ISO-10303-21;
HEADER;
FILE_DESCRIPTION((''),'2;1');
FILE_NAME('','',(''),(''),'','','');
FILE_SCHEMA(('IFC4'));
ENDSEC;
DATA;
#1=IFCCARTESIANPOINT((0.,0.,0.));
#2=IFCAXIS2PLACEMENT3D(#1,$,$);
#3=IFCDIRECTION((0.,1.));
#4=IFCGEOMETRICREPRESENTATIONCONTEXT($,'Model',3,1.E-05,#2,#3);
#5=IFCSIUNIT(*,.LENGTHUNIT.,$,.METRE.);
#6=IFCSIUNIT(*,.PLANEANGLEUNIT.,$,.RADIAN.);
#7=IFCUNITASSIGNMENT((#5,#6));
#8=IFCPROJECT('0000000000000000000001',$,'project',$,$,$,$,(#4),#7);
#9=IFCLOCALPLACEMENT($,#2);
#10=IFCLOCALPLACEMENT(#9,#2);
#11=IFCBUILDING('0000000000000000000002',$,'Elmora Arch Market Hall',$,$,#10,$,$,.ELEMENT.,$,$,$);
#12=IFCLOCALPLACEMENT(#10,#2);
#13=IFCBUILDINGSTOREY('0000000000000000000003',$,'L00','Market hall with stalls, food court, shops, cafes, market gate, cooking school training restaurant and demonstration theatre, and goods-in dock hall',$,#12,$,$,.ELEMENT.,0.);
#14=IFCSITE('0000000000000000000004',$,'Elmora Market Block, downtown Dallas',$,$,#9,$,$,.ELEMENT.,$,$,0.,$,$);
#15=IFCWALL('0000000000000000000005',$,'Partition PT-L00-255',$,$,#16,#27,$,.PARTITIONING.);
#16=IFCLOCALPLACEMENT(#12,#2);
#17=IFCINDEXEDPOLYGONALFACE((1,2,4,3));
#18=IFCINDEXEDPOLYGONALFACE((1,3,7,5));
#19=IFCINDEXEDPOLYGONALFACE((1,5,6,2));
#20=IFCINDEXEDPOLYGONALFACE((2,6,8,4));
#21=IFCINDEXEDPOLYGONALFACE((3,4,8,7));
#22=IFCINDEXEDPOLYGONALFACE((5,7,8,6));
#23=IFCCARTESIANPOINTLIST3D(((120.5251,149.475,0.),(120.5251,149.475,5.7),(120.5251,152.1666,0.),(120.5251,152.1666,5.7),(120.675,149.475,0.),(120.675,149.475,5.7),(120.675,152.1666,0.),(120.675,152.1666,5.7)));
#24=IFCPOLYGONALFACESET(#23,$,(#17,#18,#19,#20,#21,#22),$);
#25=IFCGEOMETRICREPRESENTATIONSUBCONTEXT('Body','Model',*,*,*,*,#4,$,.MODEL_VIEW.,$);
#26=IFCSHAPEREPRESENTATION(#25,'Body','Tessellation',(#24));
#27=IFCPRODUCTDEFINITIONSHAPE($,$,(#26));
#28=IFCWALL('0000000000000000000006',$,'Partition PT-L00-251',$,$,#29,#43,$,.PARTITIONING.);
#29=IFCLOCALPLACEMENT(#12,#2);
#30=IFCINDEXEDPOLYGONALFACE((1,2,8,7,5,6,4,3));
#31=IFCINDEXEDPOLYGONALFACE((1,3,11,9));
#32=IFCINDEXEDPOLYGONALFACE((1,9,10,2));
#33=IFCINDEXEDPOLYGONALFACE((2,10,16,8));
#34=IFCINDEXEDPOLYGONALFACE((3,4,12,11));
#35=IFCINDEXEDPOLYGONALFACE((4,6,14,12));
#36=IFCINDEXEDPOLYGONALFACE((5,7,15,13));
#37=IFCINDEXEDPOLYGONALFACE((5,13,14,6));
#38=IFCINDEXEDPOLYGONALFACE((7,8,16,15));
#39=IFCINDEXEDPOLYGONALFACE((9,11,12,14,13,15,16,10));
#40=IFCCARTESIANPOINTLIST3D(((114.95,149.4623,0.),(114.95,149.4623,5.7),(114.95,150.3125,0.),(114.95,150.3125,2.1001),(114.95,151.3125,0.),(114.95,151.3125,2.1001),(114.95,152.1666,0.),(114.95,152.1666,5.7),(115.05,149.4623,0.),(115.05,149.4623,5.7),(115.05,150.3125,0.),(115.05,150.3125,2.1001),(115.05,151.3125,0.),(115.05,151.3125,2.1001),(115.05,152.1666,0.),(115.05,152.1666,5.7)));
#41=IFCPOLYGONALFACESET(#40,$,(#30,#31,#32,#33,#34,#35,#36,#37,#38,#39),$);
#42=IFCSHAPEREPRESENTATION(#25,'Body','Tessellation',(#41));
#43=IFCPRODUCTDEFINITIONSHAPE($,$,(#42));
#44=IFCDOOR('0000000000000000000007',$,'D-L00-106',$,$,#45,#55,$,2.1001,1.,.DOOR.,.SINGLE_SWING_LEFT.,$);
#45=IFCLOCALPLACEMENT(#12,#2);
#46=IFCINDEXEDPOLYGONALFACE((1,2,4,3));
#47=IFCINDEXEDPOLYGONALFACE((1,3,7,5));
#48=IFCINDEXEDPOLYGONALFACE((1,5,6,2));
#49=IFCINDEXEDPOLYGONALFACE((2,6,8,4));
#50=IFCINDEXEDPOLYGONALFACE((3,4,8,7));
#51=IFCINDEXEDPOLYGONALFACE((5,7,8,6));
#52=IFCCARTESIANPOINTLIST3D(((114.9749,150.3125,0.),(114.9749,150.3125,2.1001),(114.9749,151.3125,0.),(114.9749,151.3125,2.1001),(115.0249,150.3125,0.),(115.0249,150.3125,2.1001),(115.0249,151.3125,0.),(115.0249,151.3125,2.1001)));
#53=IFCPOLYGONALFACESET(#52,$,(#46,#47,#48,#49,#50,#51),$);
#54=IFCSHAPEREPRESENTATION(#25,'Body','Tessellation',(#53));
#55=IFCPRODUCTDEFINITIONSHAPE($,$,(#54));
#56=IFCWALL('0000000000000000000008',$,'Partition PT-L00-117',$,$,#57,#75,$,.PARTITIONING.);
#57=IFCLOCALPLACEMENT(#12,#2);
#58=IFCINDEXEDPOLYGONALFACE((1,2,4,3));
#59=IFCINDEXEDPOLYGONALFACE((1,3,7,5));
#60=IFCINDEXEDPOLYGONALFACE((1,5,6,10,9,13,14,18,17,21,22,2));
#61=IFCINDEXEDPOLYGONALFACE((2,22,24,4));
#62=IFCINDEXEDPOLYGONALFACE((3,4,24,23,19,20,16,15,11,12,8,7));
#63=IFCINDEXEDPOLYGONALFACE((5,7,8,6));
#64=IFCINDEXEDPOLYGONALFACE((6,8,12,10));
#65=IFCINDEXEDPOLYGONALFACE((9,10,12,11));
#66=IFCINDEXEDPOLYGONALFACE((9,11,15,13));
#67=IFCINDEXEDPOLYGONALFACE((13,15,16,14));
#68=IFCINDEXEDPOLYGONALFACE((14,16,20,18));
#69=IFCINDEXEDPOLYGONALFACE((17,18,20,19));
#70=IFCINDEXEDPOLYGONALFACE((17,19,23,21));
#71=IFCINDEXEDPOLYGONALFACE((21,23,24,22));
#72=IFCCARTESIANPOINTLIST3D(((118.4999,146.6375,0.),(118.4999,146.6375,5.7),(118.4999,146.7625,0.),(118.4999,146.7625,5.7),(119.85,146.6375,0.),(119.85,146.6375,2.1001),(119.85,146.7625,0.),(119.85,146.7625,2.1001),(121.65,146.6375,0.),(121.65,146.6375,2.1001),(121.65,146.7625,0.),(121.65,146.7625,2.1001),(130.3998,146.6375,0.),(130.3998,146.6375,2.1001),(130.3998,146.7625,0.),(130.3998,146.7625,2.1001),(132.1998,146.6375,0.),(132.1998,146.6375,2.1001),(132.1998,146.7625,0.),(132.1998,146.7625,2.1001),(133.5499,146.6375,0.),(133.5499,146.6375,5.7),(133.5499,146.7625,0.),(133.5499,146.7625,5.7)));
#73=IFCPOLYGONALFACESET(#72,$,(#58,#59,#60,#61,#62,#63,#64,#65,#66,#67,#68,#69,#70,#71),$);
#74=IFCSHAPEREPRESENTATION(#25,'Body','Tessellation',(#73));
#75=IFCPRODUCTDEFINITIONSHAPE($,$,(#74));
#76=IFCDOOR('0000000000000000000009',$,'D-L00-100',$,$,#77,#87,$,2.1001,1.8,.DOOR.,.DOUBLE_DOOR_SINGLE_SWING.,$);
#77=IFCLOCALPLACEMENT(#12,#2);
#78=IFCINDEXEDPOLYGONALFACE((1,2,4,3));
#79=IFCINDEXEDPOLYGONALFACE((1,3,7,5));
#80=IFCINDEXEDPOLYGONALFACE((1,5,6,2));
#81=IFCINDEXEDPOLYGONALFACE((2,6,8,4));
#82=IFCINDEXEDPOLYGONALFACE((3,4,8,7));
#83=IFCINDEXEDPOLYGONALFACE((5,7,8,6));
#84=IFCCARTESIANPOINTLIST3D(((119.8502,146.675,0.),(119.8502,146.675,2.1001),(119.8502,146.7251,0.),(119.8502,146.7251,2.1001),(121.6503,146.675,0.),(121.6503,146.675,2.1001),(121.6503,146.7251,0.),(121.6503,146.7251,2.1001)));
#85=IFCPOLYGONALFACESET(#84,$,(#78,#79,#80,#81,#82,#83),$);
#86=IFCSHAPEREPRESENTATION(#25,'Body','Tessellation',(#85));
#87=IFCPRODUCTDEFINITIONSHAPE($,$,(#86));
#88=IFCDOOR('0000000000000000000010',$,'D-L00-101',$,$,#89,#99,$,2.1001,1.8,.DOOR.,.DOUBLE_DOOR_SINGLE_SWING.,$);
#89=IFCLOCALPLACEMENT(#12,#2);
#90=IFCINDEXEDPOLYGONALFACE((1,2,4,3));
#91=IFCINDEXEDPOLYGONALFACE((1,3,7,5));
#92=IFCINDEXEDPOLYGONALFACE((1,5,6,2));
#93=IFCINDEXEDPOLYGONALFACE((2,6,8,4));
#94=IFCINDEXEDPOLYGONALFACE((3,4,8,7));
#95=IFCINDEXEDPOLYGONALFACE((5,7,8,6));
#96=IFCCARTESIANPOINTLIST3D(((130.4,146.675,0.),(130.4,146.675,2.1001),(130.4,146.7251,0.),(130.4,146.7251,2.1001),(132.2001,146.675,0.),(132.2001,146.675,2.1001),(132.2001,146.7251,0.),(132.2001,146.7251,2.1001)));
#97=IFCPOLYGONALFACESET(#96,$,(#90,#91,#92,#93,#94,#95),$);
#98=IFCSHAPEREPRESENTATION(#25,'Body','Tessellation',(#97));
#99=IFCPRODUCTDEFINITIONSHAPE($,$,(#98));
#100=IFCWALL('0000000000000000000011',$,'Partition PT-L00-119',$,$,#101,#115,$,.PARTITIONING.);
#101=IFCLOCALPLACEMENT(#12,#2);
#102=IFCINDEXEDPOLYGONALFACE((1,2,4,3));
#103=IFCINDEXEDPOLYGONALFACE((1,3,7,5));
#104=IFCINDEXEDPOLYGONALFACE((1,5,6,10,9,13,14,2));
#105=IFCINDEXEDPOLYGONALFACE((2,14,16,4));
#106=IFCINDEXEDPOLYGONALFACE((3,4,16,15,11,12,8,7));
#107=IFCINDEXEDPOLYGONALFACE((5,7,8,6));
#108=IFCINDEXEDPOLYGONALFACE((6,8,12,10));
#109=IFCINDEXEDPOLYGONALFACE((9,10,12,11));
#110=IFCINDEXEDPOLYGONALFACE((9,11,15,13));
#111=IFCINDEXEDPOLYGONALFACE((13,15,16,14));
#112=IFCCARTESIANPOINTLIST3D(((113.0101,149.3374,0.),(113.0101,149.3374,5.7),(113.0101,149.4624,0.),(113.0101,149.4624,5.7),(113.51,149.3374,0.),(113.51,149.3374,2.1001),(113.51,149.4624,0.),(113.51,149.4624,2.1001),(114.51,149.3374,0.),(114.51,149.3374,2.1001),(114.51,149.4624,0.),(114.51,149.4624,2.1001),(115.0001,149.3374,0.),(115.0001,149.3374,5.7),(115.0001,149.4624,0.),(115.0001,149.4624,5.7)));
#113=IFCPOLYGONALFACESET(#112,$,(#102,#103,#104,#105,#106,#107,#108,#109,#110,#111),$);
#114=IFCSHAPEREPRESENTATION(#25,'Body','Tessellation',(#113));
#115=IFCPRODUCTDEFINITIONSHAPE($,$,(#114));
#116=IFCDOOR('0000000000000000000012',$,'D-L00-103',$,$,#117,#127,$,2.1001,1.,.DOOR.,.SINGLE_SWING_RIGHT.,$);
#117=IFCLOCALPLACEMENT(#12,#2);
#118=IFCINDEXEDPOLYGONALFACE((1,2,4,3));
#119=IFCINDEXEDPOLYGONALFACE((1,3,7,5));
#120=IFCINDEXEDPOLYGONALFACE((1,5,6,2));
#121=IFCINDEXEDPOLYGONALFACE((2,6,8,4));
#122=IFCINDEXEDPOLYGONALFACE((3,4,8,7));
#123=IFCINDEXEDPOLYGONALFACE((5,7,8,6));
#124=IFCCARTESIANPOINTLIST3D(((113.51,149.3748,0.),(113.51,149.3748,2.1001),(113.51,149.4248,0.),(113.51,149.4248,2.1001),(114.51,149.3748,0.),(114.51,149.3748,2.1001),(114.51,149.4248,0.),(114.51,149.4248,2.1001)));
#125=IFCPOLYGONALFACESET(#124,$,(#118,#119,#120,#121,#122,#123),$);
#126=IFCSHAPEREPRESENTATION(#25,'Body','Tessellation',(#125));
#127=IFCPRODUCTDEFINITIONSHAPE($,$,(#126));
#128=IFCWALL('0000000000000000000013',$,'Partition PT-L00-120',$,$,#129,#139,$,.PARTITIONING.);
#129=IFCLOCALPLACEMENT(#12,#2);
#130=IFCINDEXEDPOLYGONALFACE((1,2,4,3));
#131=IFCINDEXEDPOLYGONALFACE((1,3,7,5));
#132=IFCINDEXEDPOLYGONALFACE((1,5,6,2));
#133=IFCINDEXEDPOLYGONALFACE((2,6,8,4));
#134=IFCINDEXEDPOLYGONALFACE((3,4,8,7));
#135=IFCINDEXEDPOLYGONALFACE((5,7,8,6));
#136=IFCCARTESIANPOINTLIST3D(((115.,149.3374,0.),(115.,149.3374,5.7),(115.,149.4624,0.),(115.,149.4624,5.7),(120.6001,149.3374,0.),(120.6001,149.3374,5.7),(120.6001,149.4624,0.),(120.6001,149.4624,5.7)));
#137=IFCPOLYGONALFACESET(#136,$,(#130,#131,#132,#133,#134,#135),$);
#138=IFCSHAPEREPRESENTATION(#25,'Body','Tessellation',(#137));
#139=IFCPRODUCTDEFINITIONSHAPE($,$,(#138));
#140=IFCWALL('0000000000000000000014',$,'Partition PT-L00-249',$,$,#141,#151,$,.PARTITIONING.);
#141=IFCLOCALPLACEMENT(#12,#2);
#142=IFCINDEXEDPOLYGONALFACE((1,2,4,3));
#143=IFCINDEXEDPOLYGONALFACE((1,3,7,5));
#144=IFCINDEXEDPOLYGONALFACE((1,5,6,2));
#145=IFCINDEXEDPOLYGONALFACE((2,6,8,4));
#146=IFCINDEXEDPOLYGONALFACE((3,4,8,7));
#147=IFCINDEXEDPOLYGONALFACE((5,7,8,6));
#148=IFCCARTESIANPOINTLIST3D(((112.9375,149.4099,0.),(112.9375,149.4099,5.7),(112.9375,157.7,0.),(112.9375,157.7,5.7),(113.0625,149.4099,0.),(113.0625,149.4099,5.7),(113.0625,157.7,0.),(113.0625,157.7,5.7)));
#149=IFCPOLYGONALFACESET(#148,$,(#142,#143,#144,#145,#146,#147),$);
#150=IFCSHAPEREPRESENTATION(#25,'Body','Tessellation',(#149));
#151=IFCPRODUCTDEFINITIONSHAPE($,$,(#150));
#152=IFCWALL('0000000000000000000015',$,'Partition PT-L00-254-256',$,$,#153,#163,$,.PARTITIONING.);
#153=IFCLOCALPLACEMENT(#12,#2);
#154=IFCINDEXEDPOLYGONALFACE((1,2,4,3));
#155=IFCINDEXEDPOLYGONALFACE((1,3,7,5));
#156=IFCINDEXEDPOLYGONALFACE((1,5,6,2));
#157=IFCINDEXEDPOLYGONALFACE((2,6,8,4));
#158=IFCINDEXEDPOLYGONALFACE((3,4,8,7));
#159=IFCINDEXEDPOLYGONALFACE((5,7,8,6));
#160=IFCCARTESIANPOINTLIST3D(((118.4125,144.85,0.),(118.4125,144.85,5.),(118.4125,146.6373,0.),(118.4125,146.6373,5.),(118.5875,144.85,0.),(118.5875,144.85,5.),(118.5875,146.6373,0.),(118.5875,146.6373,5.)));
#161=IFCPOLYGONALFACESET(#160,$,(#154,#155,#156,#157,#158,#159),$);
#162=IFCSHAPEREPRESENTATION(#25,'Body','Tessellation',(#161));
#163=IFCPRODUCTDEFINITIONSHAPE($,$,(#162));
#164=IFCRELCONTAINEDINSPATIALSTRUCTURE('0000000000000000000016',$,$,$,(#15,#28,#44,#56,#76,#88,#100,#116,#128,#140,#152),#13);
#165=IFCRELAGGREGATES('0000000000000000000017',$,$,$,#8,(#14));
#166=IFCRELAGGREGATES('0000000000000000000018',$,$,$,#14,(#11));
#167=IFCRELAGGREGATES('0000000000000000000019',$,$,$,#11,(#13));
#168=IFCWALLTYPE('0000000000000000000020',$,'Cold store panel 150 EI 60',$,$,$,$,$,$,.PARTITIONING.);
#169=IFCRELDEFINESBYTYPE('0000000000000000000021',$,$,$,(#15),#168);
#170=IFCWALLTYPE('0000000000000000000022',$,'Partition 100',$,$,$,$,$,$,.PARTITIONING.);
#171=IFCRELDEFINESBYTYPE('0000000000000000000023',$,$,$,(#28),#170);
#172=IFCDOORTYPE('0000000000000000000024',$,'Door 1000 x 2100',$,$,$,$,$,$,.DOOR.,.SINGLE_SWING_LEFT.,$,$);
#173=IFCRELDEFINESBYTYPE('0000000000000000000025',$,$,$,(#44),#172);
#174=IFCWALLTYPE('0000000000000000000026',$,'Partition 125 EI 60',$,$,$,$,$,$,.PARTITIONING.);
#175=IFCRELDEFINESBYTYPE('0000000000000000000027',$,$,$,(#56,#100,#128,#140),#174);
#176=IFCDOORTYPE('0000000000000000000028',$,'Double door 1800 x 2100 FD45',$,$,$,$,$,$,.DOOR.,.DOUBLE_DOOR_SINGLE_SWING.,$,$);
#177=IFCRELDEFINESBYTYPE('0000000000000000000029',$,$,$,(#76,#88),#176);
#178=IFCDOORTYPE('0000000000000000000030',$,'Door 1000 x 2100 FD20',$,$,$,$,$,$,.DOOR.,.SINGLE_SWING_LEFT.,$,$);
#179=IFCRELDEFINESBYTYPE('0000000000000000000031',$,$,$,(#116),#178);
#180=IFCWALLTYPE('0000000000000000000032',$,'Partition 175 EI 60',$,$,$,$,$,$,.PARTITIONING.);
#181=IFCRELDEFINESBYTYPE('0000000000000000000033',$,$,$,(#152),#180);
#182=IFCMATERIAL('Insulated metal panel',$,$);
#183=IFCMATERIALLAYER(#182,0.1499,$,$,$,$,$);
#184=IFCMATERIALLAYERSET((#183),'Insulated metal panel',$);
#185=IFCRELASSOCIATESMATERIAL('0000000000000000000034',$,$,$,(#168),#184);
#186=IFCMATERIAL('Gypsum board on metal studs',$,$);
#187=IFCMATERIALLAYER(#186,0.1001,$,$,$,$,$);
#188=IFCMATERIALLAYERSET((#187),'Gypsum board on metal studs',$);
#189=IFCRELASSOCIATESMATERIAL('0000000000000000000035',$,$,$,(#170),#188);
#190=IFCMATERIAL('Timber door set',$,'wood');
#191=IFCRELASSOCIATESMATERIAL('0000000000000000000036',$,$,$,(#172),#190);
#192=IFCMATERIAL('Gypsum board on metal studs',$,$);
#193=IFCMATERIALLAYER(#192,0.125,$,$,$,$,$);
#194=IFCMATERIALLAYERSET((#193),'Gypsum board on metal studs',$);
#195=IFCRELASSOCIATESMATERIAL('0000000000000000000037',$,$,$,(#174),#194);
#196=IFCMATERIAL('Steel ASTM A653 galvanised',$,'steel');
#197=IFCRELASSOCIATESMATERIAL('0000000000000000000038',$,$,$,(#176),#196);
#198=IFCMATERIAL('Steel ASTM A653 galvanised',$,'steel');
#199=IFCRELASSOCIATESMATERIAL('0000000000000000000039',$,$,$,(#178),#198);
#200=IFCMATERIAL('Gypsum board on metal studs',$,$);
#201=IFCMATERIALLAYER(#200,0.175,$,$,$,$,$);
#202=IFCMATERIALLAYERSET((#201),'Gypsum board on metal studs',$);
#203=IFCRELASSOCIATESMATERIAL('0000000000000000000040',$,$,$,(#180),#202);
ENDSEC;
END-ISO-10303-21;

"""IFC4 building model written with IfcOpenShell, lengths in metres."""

from ifc_helpers import new_model, si_unit, direction, frame, frame_2d, origin, place, context, subcontext, project, spatial, rectangle, extrude, material, layer, layer_set, type_object, element, fill, save


model = new_model("IFC4")

# Units and contexts
model_context = context("Model", 3, precision=1e-05, world=origin(), true_north=direction((0.0, 1.0)))
body_context = subcontext(model_context, "Body", "Model", "MODEL_VIEW")
ifc_project = project(units=[si_unit("LENGTHUNIT", "METRE"), si_unit("PLANEANGLEUNIT", "RADIAN")], contexts=[model_context])

# Site, building, storey
site_placement = place(None, origin())
site = spatial("IfcSite", under=ifc_project, at=site_placement, Name="Elmora Market Block, downtown Dallas", CompositionType="ELEMENT", RefElevation=0.0)
building_placement = place(site_placement, origin())
building = spatial("IfcBuilding", under=site, at=building_placement, Name="Elmora Arch Market Hall", CompositionType="ELEMENT")
storey_placement = place(building_placement, origin())
storey = spatial("IfcBuildingStorey", under=building, at=storey_placement, Name="L00", Description="Market hall with stalls, food court, shops, cafes, market gate, cooking school training restaurant and demonstration theatre, and goods-in dock hall", CompositionType="ELEMENT", Elevation=0.0)

# Shared definitions
ifc_material_1 = material(Name="Insulated metal panel")
ifc_layer_1 = layer(ifc_material_1, 0.1499)
ifc_layer_set_1 = layer_set([ifc_layer_1], Name="Insulated metal panel")
wall_type_1 = type_object("IfcWallType", Name="Cold store panel 150 EI 60", PredefinedType="PARTITIONING", material=ifc_layer_set_1)

# Wall
wall_1_placement = place(storey_placement, frame((120.6001, 149.4751, 0.0), z_axis=(0.0, 0.0, 1.0), x_axis=(0.0, 1.0, 0.0)))
element("IfcWall", 1, at=wall_1_placement, inside=storey, type_object=wall_type_1, Name="Partition PT-L00-255", PredefinedType="PARTITIONING", context=body_context, shape_type="SweptSolid", body=[
    extrude(rectangle(XDim=2.6917, YDim=0.1499, at=frame_2d((1.3457, 0.0))), origin(), (0.0, 0.0, 1.0), 5.7),
])

# Wall, opening, door
ifc_material_2 = material(Name="Gypsum board on metal studs")
ifc_layer_2 = layer(ifc_material_2, 0.1001)
ifc_layer_set_2 = layer_set([ifc_layer_2], Name="Gypsum board on metal studs")
wall_type_2 = type_object("IfcWallType", Name="Partition 100", PredefinedType="PARTITIONING", material=ifc_layer_set_2)
wall_2_placement = place(storey_placement, frame((115.0, 149.4624, 0.0), z_axis=(0.0, 0.0, 1.0), x_axis=(0.0, 1.0, 0.0)))
wall_2 = element("IfcWall", 2, at=wall_2_placement, inside=storey, type_object=wall_type_2, Name="Partition PT-L00-251", PredefinedType="PARTITIONING", context=body_context, shape_type="SweptSolid", body=[
    extrude(rectangle(XDim=2.7043, YDim=0.1001, at=frame_2d((1.3521, 0.0))), origin(), (0.0, 0.0, 1.0), 5.7),
])
opening_1_placement = place(wall_2_placement, frame((0.8501, 0.0, 0.0)))
opening_1 = element("IfcOpeningElement", 3, at=opening_1_placement, cuts=wall_2, PredefinedType="OPENING", context=body_context, shape_type="SweptSolid", body=[
    extrude(rectangle(XDim=1.0, YDim=2.1001, at=frame_2d((0.5, 1.05))), frame((0.0, 0.0601, 0.0), z_axis=(0.0, -1.0, 0.0), x_axis=(1.0, 0.0, 0.0)), (0.0, 0.0, 1.0), 0.1201),
])
ifc_material_3 = material(Name="Timber door set", Category="wood")
door_type_1 = type_object("IfcDoorType", Name="Door 1000 x 2100", OperationType="SINGLE_SWING_LEFT", PredefinedType="DOOR", material=ifc_material_3)
door_1_placement = place(opening_1_placement, frame((1.0, 0.0, 0.0), z_axis=(0.0, 0.0, 1.0), x_axis=(-1.0, 0.0, 0.0)))
door_1 = element("IfcDoor", 4, at=door_1_placement, inside=storey, type_object=door_type_1, Name="D-L00-106", OperationType="SINGLE_SWING_LEFT", OverallHeight=2.1001, OverallWidth=1.0, PredefinedType="DOOR", context=body_context, shape_type="SweptSolid", body=[
    extrude(rectangle(XDim=1.0, YDim=2.1001, at=frame_2d((0.5, 1.05))), frame((0.0, 0.0249, 0.0), z_axis=(0.0, -1.0, 0.0), x_axis=(1.0, 0.0, 0.0)), (0.0, 0.0, 1.0), 0.05),
])
fill(opening_1, door_1)

# Wall, openings, doors
ifc_material_4 = material(Name="Gypsum board on metal studs")
ifc_layer_3 = layer(ifc_material_4, 0.125)
ifc_layer_set_3 = layer_set([ifc_layer_3], Name="Gypsum board on metal studs")
wall_type_3 = type_object("IfcWallType", Name="Partition 125 EI 60", PredefinedType="PARTITIONING", material=ifc_layer_set_3)
wall_3_placement = place(storey_placement, frame((118.5, 146.7, 0.0), z_axis=(0.0, 0.0, 1.0), x_axis=(1.0, 0.0, 0.0)))
wall_3 = element("IfcWall", 5, at=wall_3_placement, inside=storey, type_object=wall_type_3, Name="Partition PT-L00-117", PredefinedType="PARTITIONING", context=body_context, shape_type="SweptSolid", body=[
    extrude(rectangle(XDim=15.05, YDim=0.125, at=frame_2d((7.5249, 0.0))), origin(), (0.0, 0.0, 1.0), 5.7),
])
opening_2_placement = place(wall_3_placement, frame((1.3501, 0.0, 0.0)))
opening_2 = element("IfcOpeningElement", 6, at=opening_2_placement, cuts=wall_3, PredefinedType="OPENING", context=body_context, shape_type="SweptSolid", body=[
    extrude(rectangle(XDim=1.8, YDim=2.1001, at=frame_2d((0.8999, 1.05))), frame((0.0, 0.0725, 0.0), z_axis=(0.0, -1.0, 0.0), x_axis=(1.0, 0.0, 0.0)), (0.0, 0.0, 1.0), 0.145),
])
opening_3_placement = place(wall_3_placement, frame((11.8999, 0.0, 0.0)))
opening_3 = element("IfcOpeningElement", 7, at=opening_3_placement, cuts=wall_3, PredefinedType="OPENING", context=body_context, shape_type="SweptSolid", body=[
    extrude(rectangle(XDim=1.8, YDim=2.1001, at=frame_2d((0.8999, 1.05))), frame((0.0, 0.0725, 0.0), z_axis=(0.0, -1.0, 0.0), x_axis=(1.0, 0.0, 0.0)), (0.0, 0.0, 1.0), 0.145),
])
ifc_material_5 = material(Name="Steel ASTM A653 galvanised", Category="steel")
door_type_2 = type_object("IfcDoorType", Name="Double door 1800 x 2100 FD45", OperationType="DOUBLE_DOOR_SINGLE_SWING", PredefinedType="DOOR", material=ifc_material_5)
door_2_placement = place(opening_2_placement, frame((1.8, 0.0, 0.0), z_axis=(0.0, 0.0, 1.0), x_axis=(-1.0, 0.0, 0.0)))
door_2 = element("IfcDoor", 8, at=door_2_placement, inside=storey, type_object=door_type_2, Name="D-L00-100", OperationType="DOUBLE_DOOR_SINGLE_SWING", OverallHeight=2.1001, OverallWidth=1.8, PredefinedType="DOOR", context=body_context, shape_type="SweptSolid", body=[
    extrude(rectangle(XDim=1.8, YDim=2.1001, at=frame_2d((0.8999, 1.05))), frame((0.0, 0.0249, 0.0), z_axis=(0.0, -1.0, 0.0), x_axis=(1.0, 0.0, 0.0)), (0.0, 0.0, 1.0), 0.05),
])
fill(opening_2, door_2)
door_3_placement = place(opening_3_placement, frame((1.8, 0.0, 0.0), z_axis=(0.0, 0.0, 1.0), x_axis=(-1.0, 0.0, 0.0)))
door_3 = element("IfcDoor", 9, at=door_3_placement, inside=storey, type_object=door_type_2, Name="D-L00-101", OperationType="DOUBLE_DOOR_SINGLE_SWING", OverallHeight=2.1001, OverallWidth=1.8, PredefinedType="DOOR", context=body_context, shape_type="SweptSolid", body=[
    extrude(rectangle(XDim=1.8, YDim=2.1001, at=frame_2d((0.8999, 1.05))), frame((0.0, 0.0249, 0.0), z_axis=(0.0, -1.0, 0.0), x_axis=(1.0, 0.0, 0.0)), (0.0, 0.0, 1.0), 0.05),
])
fill(opening_3, door_3)

# Wall, opening, door
wall_4_placement = place(storey_placement, frame((113.01, 149.3999, 0.0), z_axis=(0.0, 0.0, 1.0), x_axis=(1.0, 0.0, 0.0)))
wall_4 = element("IfcWall", 10, at=wall_4_placement, inside=storey, type_object=wall_type_3, Name="Partition PT-L00-119", PredefinedType="PARTITIONING", context=body_context, shape_type="SweptSolid", body=[
    extrude(rectangle(XDim=1.99, YDim=0.125, at=frame_2d((0.9951, 0.0))), origin(), (0.0, 0.0, 1.0), 5.7),
])
opening_4_placement = place(wall_4_placement, frame((0.5, 0.0, 0.0)))
opening_4 = element("IfcOpeningElement", 11, at=opening_4_placement, cuts=wall_4, PredefinedType="OPENING", context=body_context, shape_type="SweptSolid", body=[
    extrude(rectangle(XDim=1.0, YDim=2.1001, at=frame_2d((0.5, 1.05))), frame((0.0, 0.0725, 0.0), z_axis=(0.0, -1.0, 0.0), x_axis=(1.0, 0.0, 0.0)), (0.0, 0.0, 1.0), 0.145),
])
ifc_material_6 = material(Name="Steel ASTM A653 galvanised", Category="steel")
door_type_3 = type_object("IfcDoorType", Name="Door 1000 x 2100 FD20", OperationType="SINGLE_SWING_LEFT", PredefinedType="DOOR", material=ifc_material_6)
door_4_placement = place(opening_4_placement, origin())
door_4 = element("IfcDoor", 12, at=door_4_placement, inside=storey, type_object=door_type_3, Name="D-L00-103", OperationType="SINGLE_SWING_RIGHT", OverallHeight=2.1001, OverallWidth=1.0, PredefinedType="DOOR", context=body_context, shape_type="SweptSolid", body=[
    extrude(rectangle(XDim=1.0, YDim=2.1001, at=frame_2d((0.5, 1.05))), frame((0.0, 0.0249, 0.0), z_axis=(0.0, -1.0, 0.0), x_axis=(1.0, 0.0, 0.0)), (0.0, 0.0, 1.0), 0.05),
])
fill(opening_4, door_4)

# Walls
wall_5_placement = place(storey_placement, frame((115.0, 149.3999, 0.0), z_axis=(0.0, 0.0, 1.0), x_axis=(1.0, 0.0, 0.0)))
element("IfcWall", 13, at=wall_5_placement, inside=storey, type_object=wall_type_3, Name="Partition PT-L00-120", PredefinedType="PARTITIONING", context=body_context, shape_type="SweptSolid", body=[
    extrude(rectangle(XDim=5.6001, YDim=0.125, at=frame_2d((2.8, 0.0))), origin(), (0.0, 0.0, 1.0), 5.7),
])
wall_6_placement = place(storey_placement, frame((113.0, 149.4099, 0.0), z_axis=(0.0, 0.0, 1.0), x_axis=(0.0, 1.0, 0.0)))
element("IfcWall", 14, at=wall_6_placement, inside=storey, type_object=wall_type_3, Name="Partition PT-L00-249", PredefinedType="PARTITIONING", context=body_context, shape_type="SweptSolid", body=[
    extrude(rectangle(XDim=8.29, YDim=0.125, at=frame_2d((4.145, 0.0))), origin(), (0.0, 0.0, 1.0), 5.7),
])
ifc_material_7 = material(Name="Gypsum board on metal studs")
ifc_layer_4 = layer(ifc_material_7, 0.175)
ifc_layer_set_4 = layer_set([ifc_layer_4], Name="Gypsum board on metal studs")
wall_type_4 = type_object("IfcWallType", Name="Partition 175 EI 60", PredefinedType="PARTITIONING", material=ifc_layer_set_4)
wall_7_placement = place(storey_placement, frame((118.5, 144.8501, 0.0), z_axis=(0.0, 0.0, 1.0), x_axis=(0.0, 1.0, 0.0)))
element("IfcWall", 15, at=wall_7_placement, inside=storey, type_object=wall_type_4, Name="Partition PT-L00-254-256", PredefinedType="PARTITIONING", context=body_context, shape_type="SweptSolid", body=[
    extrude(rectangle(XDim=1.7874, YDim=0.175, at=frame_2d((0.8936, 0.0))), origin(), (0.0, 0.0, 1.0), 5.0),
])

save(model, "model.ifc")
